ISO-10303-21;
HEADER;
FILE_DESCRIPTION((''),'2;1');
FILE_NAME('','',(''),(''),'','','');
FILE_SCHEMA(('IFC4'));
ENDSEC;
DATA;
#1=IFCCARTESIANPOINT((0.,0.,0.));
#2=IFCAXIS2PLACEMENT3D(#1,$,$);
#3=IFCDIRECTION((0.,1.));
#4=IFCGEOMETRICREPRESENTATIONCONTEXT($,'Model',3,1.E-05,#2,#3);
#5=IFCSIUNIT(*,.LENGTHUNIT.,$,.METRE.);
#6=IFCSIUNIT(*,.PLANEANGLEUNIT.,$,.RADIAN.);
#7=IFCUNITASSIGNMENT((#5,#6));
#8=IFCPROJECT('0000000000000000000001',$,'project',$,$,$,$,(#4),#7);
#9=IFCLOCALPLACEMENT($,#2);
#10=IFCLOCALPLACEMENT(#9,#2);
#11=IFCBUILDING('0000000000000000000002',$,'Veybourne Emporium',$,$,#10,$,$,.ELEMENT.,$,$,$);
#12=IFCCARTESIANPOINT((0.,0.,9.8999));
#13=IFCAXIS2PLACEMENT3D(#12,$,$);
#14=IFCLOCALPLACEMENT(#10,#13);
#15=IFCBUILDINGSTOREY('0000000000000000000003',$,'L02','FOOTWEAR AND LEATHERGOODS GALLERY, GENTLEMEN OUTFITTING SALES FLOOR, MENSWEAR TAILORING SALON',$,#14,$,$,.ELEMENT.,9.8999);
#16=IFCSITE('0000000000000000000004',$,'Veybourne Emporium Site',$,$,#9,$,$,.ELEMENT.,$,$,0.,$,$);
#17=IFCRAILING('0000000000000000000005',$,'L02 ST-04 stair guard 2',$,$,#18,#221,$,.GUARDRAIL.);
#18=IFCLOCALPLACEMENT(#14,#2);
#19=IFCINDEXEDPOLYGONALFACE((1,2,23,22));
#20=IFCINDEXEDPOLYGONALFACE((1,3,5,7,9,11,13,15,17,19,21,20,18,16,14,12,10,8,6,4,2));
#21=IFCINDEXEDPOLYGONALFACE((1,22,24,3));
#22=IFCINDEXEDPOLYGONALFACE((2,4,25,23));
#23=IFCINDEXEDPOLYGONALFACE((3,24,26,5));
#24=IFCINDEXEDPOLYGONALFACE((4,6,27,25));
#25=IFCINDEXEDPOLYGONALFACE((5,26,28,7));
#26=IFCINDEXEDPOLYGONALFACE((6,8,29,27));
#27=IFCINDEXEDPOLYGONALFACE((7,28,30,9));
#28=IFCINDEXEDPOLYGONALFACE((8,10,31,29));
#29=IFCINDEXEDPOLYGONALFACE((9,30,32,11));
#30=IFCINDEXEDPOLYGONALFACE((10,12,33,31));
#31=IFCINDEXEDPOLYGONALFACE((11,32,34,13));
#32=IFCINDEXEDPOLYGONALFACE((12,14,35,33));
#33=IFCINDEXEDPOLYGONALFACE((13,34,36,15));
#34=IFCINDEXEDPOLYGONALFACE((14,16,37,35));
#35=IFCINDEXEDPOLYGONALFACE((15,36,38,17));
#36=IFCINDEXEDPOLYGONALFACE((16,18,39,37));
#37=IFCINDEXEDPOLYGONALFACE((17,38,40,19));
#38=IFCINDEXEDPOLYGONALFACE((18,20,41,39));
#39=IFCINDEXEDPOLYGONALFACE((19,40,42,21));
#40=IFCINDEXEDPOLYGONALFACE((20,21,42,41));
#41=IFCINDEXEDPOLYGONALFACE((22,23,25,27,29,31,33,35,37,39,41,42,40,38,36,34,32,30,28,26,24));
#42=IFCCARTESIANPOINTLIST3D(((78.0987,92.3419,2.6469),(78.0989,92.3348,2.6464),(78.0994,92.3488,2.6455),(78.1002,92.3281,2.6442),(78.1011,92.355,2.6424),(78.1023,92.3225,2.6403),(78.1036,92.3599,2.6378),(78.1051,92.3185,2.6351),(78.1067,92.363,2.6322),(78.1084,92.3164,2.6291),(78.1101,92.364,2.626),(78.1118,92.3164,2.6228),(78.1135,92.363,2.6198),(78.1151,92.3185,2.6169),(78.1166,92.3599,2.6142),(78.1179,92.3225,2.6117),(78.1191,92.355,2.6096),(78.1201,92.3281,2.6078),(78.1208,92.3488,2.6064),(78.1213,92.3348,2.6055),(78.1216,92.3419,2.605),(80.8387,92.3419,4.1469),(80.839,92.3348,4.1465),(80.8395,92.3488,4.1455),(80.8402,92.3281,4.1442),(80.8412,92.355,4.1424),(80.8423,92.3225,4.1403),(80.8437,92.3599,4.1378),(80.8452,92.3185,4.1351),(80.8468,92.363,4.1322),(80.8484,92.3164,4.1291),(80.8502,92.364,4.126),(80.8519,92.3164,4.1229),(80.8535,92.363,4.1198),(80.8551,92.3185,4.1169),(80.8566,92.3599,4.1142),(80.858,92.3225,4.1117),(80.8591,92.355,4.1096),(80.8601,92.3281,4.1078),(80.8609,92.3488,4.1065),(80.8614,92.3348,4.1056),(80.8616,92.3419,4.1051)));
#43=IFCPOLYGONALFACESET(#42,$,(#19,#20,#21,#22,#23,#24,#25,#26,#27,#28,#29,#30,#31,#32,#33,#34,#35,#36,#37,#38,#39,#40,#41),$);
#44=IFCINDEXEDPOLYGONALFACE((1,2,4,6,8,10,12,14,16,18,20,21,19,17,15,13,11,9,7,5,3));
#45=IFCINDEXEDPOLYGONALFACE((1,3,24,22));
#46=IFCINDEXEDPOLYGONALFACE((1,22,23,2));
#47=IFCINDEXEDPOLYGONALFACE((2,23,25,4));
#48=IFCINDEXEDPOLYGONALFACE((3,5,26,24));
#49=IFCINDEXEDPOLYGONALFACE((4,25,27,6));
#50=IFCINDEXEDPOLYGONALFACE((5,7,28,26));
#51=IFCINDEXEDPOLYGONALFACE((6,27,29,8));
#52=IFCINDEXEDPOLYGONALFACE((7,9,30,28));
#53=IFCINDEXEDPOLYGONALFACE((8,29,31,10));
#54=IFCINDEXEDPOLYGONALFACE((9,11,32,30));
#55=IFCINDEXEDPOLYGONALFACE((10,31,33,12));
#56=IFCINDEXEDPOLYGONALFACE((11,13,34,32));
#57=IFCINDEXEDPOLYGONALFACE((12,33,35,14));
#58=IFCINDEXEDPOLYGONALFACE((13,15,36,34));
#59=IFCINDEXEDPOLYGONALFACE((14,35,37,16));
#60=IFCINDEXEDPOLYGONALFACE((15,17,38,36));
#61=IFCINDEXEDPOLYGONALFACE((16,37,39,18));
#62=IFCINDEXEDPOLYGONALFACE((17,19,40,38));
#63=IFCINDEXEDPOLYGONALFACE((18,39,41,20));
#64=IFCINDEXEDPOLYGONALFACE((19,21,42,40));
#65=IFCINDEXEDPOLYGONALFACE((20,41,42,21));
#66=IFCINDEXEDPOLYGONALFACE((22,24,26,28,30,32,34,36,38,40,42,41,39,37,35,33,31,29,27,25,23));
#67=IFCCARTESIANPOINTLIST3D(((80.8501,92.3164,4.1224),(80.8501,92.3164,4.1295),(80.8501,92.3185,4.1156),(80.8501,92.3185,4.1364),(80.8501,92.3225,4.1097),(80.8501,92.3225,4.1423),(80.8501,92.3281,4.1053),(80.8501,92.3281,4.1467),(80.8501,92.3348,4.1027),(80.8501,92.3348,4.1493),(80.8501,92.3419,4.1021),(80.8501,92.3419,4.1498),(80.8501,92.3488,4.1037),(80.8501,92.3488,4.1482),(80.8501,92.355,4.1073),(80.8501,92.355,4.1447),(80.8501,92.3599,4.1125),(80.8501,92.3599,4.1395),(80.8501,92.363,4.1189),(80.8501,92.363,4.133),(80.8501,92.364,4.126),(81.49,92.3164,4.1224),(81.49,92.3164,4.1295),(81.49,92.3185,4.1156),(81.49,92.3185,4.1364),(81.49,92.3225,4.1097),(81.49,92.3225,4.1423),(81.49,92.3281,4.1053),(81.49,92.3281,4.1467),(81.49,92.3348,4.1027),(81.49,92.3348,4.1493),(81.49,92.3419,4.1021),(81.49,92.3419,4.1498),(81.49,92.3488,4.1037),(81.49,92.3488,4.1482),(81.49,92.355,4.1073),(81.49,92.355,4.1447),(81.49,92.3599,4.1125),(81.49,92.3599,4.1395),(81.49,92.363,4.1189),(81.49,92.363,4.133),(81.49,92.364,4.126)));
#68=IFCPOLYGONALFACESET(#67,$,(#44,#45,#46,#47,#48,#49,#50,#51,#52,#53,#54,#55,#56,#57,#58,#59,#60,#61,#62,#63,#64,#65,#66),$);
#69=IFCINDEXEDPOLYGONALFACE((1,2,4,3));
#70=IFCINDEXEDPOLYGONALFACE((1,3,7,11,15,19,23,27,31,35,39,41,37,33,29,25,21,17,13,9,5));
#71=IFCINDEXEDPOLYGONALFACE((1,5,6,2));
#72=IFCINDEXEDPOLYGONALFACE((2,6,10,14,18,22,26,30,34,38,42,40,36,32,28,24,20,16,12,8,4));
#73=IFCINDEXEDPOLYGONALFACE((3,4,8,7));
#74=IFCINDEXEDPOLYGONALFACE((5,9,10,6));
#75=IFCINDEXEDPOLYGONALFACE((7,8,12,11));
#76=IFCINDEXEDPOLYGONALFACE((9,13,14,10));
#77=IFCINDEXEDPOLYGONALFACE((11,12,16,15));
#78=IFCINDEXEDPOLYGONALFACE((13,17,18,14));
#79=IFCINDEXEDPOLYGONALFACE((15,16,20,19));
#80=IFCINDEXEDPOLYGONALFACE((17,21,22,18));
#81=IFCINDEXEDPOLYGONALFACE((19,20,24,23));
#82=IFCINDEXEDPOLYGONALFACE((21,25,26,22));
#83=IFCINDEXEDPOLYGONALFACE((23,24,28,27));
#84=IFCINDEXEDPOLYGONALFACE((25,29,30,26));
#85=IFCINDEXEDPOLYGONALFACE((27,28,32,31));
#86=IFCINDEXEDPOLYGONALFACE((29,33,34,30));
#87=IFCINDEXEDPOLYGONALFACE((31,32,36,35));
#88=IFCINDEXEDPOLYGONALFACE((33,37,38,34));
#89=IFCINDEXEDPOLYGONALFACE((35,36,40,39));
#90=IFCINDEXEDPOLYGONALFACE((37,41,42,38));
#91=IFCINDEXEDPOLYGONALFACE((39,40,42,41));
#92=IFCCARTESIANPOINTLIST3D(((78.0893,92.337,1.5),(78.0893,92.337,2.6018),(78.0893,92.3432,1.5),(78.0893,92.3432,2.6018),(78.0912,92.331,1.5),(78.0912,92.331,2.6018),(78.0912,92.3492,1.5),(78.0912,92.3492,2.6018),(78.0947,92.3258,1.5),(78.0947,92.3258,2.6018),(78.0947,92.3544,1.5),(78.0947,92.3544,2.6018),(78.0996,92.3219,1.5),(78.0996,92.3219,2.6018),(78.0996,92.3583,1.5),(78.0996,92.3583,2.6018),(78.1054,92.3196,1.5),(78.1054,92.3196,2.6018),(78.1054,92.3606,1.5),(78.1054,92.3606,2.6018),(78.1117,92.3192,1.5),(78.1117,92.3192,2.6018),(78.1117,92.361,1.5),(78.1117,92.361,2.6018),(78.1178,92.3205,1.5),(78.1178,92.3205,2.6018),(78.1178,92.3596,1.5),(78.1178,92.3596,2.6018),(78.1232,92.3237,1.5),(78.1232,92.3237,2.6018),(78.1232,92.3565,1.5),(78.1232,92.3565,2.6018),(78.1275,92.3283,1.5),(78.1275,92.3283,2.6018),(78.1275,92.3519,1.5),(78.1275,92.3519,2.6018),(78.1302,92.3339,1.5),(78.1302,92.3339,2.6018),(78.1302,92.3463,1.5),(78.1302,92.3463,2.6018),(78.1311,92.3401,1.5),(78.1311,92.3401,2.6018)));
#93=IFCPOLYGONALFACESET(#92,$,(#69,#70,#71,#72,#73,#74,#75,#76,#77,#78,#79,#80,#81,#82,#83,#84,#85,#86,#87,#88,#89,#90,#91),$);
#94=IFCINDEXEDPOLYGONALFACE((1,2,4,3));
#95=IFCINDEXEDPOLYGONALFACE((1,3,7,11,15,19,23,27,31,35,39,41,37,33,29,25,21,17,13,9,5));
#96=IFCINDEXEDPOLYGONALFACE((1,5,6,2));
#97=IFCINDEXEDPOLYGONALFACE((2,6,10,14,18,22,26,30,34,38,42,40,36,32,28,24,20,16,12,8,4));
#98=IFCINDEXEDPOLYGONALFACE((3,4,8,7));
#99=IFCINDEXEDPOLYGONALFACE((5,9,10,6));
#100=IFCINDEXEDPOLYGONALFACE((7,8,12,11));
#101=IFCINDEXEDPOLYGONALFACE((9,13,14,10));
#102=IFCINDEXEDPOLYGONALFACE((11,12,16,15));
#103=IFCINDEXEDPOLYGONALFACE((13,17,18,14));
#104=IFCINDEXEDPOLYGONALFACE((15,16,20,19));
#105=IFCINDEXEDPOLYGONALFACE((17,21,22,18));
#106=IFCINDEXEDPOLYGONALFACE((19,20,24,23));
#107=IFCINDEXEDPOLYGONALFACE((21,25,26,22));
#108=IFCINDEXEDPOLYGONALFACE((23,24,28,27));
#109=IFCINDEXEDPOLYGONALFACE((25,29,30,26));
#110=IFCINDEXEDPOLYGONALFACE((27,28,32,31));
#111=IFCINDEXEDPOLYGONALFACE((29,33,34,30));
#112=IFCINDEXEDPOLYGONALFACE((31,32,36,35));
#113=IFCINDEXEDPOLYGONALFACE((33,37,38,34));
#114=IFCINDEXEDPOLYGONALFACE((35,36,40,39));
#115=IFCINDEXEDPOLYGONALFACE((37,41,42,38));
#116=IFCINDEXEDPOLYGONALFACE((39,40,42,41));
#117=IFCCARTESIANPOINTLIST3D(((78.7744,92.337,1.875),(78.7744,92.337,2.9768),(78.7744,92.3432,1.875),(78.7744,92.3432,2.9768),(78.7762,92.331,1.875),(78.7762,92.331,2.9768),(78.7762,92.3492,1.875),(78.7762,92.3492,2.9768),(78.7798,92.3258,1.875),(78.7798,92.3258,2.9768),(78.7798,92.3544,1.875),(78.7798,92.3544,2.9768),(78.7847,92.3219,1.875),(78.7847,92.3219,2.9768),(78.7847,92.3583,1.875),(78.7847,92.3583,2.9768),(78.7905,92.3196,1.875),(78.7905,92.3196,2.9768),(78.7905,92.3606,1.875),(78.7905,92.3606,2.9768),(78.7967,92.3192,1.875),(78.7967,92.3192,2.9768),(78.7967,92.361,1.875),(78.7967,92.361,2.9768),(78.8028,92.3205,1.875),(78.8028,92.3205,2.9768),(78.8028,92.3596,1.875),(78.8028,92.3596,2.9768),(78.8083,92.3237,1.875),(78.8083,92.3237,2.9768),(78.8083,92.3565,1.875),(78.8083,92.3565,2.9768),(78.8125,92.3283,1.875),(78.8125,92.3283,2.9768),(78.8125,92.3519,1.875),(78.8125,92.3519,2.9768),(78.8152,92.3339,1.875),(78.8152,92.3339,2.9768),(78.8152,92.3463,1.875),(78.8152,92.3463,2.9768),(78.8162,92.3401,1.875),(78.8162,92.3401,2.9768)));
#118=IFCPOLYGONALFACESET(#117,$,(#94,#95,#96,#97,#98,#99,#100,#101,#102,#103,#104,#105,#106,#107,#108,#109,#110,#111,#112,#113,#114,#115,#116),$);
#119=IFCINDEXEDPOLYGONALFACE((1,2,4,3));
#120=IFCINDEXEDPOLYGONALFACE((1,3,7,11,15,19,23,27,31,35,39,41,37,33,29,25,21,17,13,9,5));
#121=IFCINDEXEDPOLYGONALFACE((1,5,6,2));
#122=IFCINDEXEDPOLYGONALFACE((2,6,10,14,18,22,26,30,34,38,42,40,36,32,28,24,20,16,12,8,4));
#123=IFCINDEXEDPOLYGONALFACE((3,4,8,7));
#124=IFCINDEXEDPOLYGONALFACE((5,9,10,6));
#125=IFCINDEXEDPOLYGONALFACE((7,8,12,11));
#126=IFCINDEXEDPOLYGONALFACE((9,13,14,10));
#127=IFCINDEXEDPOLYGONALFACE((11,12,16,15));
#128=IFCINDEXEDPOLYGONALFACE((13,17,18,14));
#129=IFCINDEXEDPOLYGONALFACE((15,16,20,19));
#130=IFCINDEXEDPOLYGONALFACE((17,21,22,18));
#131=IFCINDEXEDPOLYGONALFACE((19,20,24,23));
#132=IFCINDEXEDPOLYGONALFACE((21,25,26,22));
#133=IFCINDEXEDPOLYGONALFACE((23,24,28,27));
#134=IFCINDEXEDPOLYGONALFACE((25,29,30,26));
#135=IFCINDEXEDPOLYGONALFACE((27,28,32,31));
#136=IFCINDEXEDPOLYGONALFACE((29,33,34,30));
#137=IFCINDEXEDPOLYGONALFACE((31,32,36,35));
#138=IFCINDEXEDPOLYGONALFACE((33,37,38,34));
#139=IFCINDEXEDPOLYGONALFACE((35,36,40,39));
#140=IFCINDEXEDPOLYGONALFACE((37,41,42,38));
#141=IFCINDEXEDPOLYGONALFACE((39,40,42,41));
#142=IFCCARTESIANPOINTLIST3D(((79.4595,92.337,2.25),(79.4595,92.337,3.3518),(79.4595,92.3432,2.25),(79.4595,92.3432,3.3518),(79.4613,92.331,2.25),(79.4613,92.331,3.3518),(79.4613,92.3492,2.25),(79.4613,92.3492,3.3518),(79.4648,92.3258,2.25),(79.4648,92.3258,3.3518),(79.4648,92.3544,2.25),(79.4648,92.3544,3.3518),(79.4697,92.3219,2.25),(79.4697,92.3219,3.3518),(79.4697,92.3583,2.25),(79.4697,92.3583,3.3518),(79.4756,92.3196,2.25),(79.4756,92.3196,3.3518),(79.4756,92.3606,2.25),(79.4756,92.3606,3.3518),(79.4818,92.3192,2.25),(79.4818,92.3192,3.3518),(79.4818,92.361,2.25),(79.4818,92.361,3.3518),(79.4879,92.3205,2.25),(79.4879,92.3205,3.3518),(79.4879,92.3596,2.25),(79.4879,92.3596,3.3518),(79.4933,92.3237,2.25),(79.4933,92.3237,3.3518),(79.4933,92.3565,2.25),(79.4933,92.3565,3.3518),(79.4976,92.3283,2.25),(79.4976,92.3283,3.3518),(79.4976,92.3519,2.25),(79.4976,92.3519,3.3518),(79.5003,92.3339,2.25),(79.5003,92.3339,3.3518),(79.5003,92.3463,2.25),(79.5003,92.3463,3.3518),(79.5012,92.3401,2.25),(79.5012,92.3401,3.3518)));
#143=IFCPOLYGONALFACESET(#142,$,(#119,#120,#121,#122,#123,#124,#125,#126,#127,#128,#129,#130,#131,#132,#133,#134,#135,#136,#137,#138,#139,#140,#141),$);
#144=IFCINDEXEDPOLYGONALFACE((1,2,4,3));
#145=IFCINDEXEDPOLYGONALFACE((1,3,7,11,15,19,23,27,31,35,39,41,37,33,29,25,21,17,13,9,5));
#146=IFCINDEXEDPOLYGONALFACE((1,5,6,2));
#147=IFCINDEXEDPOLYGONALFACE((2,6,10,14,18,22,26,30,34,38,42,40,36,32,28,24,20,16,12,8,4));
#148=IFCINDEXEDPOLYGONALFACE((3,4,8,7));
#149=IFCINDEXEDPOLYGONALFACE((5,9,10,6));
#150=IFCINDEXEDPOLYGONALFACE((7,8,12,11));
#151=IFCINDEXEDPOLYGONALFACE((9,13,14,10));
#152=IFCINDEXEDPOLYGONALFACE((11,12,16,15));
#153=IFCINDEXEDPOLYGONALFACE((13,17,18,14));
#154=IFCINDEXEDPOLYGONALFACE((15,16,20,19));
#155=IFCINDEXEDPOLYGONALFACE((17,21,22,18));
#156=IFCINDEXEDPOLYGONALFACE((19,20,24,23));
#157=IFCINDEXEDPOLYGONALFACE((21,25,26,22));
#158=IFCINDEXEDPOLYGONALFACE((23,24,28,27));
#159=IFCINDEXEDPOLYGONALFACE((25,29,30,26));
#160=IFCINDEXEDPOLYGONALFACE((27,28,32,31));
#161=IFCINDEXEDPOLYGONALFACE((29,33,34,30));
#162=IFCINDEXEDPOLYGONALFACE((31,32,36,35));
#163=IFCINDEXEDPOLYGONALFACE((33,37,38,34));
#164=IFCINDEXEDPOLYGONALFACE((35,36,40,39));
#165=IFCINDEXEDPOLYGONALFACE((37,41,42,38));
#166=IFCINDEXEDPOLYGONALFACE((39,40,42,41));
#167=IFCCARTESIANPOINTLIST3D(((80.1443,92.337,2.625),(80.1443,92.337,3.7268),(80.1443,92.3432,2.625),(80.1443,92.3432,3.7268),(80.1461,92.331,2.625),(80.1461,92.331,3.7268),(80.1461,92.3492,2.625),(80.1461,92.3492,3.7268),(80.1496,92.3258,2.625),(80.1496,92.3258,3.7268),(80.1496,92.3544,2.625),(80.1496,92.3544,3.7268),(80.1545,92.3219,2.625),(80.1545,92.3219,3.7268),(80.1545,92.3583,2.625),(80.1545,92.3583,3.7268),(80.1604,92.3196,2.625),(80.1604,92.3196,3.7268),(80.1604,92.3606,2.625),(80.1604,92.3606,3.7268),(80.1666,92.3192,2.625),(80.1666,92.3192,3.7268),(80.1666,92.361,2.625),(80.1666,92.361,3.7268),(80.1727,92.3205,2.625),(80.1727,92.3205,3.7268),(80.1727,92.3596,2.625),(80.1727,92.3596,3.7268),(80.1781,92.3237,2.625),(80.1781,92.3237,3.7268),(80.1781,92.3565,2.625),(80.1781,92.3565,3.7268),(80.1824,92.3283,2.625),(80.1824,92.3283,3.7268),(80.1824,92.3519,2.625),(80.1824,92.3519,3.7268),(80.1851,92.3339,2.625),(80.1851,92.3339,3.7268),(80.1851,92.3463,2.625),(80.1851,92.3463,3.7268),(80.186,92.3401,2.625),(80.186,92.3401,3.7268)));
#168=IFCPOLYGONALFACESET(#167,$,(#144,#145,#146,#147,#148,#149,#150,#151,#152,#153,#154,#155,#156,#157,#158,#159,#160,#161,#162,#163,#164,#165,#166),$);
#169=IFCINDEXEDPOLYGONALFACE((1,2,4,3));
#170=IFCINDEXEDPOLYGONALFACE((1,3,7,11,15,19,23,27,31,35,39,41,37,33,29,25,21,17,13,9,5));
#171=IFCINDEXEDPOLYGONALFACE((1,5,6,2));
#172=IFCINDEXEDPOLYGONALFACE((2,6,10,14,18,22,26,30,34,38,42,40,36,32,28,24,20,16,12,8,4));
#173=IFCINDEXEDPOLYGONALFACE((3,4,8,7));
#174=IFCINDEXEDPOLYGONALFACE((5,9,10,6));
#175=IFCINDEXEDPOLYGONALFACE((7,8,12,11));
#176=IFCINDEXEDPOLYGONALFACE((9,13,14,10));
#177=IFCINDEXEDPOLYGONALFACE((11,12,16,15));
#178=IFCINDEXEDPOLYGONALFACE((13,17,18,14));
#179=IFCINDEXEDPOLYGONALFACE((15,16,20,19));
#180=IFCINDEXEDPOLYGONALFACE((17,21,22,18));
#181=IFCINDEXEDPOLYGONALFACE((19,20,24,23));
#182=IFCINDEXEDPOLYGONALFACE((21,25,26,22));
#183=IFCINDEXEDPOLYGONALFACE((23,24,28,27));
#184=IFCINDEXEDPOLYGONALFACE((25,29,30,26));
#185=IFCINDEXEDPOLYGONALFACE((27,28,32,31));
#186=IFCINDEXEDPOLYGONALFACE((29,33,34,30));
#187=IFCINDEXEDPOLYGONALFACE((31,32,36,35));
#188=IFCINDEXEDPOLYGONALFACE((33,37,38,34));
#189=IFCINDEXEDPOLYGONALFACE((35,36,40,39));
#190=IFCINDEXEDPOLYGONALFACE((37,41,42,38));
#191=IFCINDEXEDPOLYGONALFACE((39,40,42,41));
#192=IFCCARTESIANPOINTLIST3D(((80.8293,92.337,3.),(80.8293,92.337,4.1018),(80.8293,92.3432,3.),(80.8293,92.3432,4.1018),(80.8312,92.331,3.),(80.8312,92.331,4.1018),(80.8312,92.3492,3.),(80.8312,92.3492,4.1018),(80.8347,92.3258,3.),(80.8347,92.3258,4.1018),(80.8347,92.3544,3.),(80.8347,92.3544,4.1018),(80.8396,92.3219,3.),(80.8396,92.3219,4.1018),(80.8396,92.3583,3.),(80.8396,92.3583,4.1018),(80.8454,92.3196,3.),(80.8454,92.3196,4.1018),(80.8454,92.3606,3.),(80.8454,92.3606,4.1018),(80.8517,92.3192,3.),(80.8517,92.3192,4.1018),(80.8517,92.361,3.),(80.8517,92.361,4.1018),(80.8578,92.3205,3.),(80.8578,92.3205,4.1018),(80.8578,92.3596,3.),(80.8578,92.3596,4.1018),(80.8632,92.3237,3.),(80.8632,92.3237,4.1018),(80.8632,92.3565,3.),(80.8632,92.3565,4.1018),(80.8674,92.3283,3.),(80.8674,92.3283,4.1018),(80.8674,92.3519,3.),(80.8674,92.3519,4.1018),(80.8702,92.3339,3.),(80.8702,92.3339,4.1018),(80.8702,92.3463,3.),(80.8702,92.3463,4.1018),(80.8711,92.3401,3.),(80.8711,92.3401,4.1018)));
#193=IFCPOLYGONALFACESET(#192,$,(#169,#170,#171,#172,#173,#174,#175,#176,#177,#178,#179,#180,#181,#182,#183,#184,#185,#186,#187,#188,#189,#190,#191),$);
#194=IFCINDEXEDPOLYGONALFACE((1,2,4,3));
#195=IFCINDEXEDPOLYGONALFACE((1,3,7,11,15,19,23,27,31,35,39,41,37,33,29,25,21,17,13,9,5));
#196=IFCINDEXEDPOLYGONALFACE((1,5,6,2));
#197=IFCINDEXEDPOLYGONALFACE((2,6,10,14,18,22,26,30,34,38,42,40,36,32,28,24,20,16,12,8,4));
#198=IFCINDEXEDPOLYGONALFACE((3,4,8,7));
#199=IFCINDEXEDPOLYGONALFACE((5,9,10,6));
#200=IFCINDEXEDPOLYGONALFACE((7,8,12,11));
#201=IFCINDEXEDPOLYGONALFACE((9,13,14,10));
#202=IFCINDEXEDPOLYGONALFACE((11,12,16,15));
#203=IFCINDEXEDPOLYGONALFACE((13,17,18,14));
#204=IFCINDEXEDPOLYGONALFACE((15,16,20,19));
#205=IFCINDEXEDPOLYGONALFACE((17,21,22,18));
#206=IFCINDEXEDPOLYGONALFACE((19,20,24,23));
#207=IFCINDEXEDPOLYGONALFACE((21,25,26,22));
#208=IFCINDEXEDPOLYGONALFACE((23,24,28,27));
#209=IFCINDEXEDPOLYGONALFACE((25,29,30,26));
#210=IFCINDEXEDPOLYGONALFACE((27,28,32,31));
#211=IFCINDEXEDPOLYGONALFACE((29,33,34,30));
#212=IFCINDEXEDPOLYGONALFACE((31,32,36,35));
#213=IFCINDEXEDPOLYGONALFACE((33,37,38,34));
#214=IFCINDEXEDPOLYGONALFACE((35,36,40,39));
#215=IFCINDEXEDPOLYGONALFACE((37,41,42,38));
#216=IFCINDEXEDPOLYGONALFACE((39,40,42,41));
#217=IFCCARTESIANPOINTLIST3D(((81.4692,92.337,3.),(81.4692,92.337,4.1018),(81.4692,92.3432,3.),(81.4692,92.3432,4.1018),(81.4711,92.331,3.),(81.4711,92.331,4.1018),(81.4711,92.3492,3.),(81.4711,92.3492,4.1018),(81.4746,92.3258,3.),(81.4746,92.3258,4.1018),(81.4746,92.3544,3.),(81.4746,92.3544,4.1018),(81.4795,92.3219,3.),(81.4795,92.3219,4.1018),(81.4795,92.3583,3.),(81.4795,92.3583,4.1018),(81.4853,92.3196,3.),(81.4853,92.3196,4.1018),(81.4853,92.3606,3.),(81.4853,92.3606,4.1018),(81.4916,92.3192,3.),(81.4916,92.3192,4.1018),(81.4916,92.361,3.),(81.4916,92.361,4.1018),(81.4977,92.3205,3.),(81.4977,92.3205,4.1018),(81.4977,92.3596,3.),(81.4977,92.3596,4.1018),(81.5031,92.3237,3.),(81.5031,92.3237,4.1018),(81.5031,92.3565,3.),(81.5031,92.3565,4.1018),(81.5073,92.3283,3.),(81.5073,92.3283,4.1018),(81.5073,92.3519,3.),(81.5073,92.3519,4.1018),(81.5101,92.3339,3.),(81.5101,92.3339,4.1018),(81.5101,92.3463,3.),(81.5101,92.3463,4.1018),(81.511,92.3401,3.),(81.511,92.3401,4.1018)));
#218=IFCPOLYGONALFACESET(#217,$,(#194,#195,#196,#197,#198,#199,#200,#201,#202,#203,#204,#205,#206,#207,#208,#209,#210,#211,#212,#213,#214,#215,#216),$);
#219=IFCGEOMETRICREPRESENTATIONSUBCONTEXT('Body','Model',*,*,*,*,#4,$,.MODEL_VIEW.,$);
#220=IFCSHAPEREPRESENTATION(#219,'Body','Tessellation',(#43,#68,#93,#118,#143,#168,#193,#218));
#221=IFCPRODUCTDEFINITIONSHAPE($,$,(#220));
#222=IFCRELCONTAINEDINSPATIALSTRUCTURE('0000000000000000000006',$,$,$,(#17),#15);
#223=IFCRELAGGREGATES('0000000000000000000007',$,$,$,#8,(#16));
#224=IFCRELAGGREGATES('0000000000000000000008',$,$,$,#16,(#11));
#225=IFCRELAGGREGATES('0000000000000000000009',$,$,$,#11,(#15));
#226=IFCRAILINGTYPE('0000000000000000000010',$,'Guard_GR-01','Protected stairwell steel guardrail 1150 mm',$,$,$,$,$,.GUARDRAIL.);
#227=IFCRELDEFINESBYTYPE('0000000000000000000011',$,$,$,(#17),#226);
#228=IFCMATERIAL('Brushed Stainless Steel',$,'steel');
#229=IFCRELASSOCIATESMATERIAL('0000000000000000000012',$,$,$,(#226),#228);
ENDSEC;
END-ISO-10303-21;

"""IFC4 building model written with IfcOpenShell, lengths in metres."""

from ifc_helpers import new_model, si_unit, direction, frame, origin, origin_2d, place, context, subcontext, project, spatial, circle, extrude, material, type_object, element, save


model = new_model("IFC4")

# Units and contexts
model_context = context("Model", 3, precision=1e-05, world=origin(), true_north=direction((0.0, 1.0)))
body_context = subcontext(model_context, "Body", "Model", "MODEL_VIEW")
ifc_project = project(units=[si_unit("LENGTHUNIT", "METRE"), si_unit("PLANEANGLEUNIT", "RADIAN")], contexts=[model_context])

# Site, building, storey
site_placement = place(None, origin())
site = spatial("IfcSite", under=ifc_project, at=site_placement, Name="Veybourne Emporium Site", CompositionType="ELEMENT", RefElevation=0.0)
building_placement = place(site_placement, origin())
building = spatial("IfcBuilding", under=site, at=building_placement, Name="Veybourne Emporium", CompositionType="ELEMENT")
storey_placement = place(building_placement, frame((0.0, 0.0, 9.8999)))
storey = spatial("IfcBuildingStorey", under=building, at=storey_placement, Name="L02", Description="FOOTWEAR AND LEATHERGOODS GALLERY, GENTLEMEN OUTFITTING SALES FLOOR, MENSWEAR TAILORING SALON", CompositionType="ELEMENT", Elevation=9.8999)

# Railing
ifc_material_1 = material(Name="Brushed Stainless Steel", Category="steel")
railing_type_1 = type_object("IfcRailingType", Name="Guard_GR-01", Description="Protected stairwell steel guardrail 1150 mm", PredefinedType="GUARDRAIL", material=ifc_material_1)
railing_1_placement = place(storey_placement, frame((78.1101, 92.3401, 1.5)))
element("IfcRailing", 1, at=railing_1_placement, inside=storey, type_object=railing_type_1, Name="L02 ST-04 stair guard 2", PredefinedType="GUARDRAIL", context=body_context, shape_type="SweptSolid", body=[
    extrude(circle(Radius=0.0239, at=origin_2d()), frame((0.0, 0.0, 1.126), z_axis=(0.87716, 0.0, 0.480199), x_axis=(0.0, 1.0, 0.0)), (0.0, 0.0, 1.0), 3.1238),
    extrude(circle(Radius=0.0239, at=origin_2d()), frame((2.74, 0.0, 2.626), z_axis=(1.0, 0.0, 0.0), x_axis=(0.0, 1.0, 0.0)), (0.0, 0.0, 1.0), 0.6399),
    extrude(circle(Radius=0.021, at=origin_2d()), origin(), (0.0, 0.0, 1.0), 1.1018),
    extrude(circle(Radius=0.021, at=origin_2d()), frame((0.6851, 0.0, 0.375)), (0.0, 0.0, 1.0), 1.1018),
    extrude(circle(Radius=0.021, at=origin_2d()), frame((1.3701, 0.0, 0.75)), (0.0, 0.0, 1.0), 1.1018),
    extrude(circle(Radius=0.021, at=origin_2d()), frame((2.0549, 0.0, 1.125)), (0.0, 0.0, 1.0), 1.1018),
    extrude(circle(Radius=0.021, at=origin_2d()), frame((2.74, 0.0, 1.5)), (0.0, 0.0, 1.0), 1.1018),
    extrude(circle(Radius=0.021, at=origin_2d()), frame((3.3799, 0.0, 1.5)), (0.0, 0.0, 1.0), 1.1018),
])

save(model, "model.ifc")
